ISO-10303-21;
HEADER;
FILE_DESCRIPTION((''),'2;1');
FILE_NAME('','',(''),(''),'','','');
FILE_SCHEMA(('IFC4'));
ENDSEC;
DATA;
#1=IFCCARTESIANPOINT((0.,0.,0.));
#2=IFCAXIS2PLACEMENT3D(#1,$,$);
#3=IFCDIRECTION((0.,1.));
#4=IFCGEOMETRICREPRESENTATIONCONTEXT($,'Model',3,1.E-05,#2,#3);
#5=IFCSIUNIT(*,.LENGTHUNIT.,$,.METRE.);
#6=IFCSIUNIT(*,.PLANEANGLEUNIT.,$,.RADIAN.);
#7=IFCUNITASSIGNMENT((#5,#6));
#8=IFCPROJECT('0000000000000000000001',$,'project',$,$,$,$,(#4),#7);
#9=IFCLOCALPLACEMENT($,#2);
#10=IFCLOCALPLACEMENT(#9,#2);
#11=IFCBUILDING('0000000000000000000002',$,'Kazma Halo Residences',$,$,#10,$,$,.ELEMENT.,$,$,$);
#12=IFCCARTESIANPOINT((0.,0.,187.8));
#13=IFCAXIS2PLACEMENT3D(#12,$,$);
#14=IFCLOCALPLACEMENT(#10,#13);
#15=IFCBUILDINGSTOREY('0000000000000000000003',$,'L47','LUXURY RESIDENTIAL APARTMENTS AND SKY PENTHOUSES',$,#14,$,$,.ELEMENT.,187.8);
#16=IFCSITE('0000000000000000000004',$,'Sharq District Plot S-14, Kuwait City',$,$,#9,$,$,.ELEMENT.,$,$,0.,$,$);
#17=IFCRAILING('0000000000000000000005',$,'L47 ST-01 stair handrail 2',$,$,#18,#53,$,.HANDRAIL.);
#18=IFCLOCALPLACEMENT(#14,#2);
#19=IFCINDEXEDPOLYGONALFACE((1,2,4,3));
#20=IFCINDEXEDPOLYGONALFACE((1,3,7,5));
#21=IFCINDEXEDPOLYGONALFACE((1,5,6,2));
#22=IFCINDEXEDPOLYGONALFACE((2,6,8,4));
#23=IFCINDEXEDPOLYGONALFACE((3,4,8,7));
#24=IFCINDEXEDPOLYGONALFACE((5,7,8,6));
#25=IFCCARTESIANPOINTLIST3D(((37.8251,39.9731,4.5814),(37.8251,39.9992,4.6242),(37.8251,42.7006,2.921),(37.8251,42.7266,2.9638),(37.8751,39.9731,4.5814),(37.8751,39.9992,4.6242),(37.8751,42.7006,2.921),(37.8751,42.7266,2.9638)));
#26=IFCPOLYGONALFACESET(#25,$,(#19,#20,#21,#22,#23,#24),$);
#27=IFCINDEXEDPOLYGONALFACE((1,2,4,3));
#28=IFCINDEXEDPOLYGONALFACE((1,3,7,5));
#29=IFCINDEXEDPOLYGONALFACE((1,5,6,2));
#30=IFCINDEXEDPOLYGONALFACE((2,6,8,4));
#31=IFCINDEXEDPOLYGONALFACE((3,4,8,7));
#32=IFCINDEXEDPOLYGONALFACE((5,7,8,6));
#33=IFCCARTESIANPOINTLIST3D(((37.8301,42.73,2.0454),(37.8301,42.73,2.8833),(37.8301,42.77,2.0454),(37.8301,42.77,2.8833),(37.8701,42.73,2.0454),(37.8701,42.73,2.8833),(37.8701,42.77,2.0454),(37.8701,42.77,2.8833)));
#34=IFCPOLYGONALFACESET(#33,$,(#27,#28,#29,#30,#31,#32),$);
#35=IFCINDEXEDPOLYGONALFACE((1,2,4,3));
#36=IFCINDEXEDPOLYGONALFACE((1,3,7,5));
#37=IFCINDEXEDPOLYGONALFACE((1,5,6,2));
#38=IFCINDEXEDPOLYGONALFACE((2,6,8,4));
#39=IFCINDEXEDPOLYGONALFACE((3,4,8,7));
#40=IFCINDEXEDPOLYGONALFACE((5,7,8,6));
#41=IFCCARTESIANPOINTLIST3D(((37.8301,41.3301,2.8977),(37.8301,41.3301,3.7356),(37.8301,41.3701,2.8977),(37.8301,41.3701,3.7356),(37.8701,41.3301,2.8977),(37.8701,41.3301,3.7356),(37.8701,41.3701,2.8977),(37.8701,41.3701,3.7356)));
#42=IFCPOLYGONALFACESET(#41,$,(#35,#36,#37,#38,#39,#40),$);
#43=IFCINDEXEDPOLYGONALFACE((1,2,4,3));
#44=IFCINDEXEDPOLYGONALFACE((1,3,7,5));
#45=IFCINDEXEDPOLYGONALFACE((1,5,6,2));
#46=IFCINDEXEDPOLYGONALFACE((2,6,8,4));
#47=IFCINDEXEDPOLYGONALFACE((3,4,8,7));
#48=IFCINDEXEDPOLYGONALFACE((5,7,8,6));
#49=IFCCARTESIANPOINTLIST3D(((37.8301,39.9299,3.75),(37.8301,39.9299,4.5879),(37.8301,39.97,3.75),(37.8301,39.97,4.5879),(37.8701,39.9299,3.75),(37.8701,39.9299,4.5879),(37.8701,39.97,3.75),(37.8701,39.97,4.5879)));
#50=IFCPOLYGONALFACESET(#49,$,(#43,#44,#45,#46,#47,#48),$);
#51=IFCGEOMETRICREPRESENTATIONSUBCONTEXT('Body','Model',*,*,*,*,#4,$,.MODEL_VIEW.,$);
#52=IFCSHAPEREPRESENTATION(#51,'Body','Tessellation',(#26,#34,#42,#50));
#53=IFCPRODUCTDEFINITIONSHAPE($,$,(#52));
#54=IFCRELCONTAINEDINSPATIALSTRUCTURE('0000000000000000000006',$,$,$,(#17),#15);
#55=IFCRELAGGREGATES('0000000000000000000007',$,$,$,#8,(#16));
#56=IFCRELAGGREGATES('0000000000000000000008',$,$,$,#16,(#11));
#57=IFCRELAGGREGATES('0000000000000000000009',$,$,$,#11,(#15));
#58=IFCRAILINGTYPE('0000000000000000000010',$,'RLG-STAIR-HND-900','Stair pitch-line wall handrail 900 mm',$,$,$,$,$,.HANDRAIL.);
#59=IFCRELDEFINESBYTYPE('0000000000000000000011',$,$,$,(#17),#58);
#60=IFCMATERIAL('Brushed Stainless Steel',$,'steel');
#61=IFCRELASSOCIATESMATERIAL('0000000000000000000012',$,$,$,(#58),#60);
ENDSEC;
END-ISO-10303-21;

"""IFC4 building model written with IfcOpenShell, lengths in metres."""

from ifc_helpers import new_model, si_unit, direction, frame, origin, origin_2d, place, context, subcontext, project, spatial, rectangle, extrude, material, type_object, element, save


model = new_model("IFC4")

# Units and contexts
model_context = context("Model", 3, precision=1e-05, world=origin(), true_north=direction((0.0, 1.0)))
body_context = subcontext(model_context, "Body", "Model", "MODEL_VIEW")
ifc_project = project(units=[si_unit("LENGTHUNIT", "METRE"), si_unit("PLANEANGLEUNIT", "RADIAN")], contexts=[model_context])

# Site, building, storey
site_placement = place(None, origin())
site = spatial("IfcSite", under=ifc_project, at=site_placement, Name="Sharq District Plot S-14, Kuwait City", CompositionType="ELEMENT", RefElevation=0.0)
building_placement = place(site_placement, origin())
building = spatial("IfcBuilding", under=site, at=building_placement, Name="Kazma Halo Residences", CompositionType="ELEMENT")
storey_placement = place(building_placement, frame((0.0, 0.0, 187.8)))
storey = spatial("IfcBuildingStorey", under=building, at=storey_placement, Name="L47", Description="LUXURY RESIDENTIAL APARTMENTS AND SKY PENTHOUSES", CompositionType="ELEMENT", Elevation=187.8)

# Railing
ifc_material_1 = material(Name="Brushed Stainless Steel", Category="steel")
railing_type_1 = type_object("IfcRailingType", Name="RLG-STAIR-HND-900", Description="Stair pitch-line wall handrail 900 mm", PredefinedType="HANDRAIL", material=ifc_material_1)
railing_1_placement = place(storey_placement, frame((37.8501, 42.75, 2.0454)))
element("IfcRailing", 1, at=railing_1_placement, inside=storey, type_object=railing_type_1, Name="L47 ST-01 stair handrail 2", PredefinedType="HANDRAIL", context=body_context, shape_type="SweptSolid", body=[
    extrude(rectangle(XDim=0.05, YDim=0.05, at=origin_2d()), frame((0.0, -0.0364, 0.897), z_axis=(0.0, -0.85417, 0.519994), x_axis=(1.0, 0.0, 0.0)), (0.0, 0.0, 1.0), 3.1931),
    extrude(rectangle(XDim=0.04, YDim=0.04, at=origin_2d()), origin(), (0.0, 0.0, 1.0), 0.8379),
    extrude(rectangle(XDim=0.04, YDim=0.04, at=origin_2d()), frame((0.0, -1.3999, 0.8523)), (0.0, 0.0, 1.0), 0.8379),
    extrude(rectangle(XDim=0.04, YDim=0.04, at=origin_2d()), frame((0.0, -2.8, 1.7046)), (0.0, 0.0, 1.0), 0.8379),
])

save(model, "model.ifc")
